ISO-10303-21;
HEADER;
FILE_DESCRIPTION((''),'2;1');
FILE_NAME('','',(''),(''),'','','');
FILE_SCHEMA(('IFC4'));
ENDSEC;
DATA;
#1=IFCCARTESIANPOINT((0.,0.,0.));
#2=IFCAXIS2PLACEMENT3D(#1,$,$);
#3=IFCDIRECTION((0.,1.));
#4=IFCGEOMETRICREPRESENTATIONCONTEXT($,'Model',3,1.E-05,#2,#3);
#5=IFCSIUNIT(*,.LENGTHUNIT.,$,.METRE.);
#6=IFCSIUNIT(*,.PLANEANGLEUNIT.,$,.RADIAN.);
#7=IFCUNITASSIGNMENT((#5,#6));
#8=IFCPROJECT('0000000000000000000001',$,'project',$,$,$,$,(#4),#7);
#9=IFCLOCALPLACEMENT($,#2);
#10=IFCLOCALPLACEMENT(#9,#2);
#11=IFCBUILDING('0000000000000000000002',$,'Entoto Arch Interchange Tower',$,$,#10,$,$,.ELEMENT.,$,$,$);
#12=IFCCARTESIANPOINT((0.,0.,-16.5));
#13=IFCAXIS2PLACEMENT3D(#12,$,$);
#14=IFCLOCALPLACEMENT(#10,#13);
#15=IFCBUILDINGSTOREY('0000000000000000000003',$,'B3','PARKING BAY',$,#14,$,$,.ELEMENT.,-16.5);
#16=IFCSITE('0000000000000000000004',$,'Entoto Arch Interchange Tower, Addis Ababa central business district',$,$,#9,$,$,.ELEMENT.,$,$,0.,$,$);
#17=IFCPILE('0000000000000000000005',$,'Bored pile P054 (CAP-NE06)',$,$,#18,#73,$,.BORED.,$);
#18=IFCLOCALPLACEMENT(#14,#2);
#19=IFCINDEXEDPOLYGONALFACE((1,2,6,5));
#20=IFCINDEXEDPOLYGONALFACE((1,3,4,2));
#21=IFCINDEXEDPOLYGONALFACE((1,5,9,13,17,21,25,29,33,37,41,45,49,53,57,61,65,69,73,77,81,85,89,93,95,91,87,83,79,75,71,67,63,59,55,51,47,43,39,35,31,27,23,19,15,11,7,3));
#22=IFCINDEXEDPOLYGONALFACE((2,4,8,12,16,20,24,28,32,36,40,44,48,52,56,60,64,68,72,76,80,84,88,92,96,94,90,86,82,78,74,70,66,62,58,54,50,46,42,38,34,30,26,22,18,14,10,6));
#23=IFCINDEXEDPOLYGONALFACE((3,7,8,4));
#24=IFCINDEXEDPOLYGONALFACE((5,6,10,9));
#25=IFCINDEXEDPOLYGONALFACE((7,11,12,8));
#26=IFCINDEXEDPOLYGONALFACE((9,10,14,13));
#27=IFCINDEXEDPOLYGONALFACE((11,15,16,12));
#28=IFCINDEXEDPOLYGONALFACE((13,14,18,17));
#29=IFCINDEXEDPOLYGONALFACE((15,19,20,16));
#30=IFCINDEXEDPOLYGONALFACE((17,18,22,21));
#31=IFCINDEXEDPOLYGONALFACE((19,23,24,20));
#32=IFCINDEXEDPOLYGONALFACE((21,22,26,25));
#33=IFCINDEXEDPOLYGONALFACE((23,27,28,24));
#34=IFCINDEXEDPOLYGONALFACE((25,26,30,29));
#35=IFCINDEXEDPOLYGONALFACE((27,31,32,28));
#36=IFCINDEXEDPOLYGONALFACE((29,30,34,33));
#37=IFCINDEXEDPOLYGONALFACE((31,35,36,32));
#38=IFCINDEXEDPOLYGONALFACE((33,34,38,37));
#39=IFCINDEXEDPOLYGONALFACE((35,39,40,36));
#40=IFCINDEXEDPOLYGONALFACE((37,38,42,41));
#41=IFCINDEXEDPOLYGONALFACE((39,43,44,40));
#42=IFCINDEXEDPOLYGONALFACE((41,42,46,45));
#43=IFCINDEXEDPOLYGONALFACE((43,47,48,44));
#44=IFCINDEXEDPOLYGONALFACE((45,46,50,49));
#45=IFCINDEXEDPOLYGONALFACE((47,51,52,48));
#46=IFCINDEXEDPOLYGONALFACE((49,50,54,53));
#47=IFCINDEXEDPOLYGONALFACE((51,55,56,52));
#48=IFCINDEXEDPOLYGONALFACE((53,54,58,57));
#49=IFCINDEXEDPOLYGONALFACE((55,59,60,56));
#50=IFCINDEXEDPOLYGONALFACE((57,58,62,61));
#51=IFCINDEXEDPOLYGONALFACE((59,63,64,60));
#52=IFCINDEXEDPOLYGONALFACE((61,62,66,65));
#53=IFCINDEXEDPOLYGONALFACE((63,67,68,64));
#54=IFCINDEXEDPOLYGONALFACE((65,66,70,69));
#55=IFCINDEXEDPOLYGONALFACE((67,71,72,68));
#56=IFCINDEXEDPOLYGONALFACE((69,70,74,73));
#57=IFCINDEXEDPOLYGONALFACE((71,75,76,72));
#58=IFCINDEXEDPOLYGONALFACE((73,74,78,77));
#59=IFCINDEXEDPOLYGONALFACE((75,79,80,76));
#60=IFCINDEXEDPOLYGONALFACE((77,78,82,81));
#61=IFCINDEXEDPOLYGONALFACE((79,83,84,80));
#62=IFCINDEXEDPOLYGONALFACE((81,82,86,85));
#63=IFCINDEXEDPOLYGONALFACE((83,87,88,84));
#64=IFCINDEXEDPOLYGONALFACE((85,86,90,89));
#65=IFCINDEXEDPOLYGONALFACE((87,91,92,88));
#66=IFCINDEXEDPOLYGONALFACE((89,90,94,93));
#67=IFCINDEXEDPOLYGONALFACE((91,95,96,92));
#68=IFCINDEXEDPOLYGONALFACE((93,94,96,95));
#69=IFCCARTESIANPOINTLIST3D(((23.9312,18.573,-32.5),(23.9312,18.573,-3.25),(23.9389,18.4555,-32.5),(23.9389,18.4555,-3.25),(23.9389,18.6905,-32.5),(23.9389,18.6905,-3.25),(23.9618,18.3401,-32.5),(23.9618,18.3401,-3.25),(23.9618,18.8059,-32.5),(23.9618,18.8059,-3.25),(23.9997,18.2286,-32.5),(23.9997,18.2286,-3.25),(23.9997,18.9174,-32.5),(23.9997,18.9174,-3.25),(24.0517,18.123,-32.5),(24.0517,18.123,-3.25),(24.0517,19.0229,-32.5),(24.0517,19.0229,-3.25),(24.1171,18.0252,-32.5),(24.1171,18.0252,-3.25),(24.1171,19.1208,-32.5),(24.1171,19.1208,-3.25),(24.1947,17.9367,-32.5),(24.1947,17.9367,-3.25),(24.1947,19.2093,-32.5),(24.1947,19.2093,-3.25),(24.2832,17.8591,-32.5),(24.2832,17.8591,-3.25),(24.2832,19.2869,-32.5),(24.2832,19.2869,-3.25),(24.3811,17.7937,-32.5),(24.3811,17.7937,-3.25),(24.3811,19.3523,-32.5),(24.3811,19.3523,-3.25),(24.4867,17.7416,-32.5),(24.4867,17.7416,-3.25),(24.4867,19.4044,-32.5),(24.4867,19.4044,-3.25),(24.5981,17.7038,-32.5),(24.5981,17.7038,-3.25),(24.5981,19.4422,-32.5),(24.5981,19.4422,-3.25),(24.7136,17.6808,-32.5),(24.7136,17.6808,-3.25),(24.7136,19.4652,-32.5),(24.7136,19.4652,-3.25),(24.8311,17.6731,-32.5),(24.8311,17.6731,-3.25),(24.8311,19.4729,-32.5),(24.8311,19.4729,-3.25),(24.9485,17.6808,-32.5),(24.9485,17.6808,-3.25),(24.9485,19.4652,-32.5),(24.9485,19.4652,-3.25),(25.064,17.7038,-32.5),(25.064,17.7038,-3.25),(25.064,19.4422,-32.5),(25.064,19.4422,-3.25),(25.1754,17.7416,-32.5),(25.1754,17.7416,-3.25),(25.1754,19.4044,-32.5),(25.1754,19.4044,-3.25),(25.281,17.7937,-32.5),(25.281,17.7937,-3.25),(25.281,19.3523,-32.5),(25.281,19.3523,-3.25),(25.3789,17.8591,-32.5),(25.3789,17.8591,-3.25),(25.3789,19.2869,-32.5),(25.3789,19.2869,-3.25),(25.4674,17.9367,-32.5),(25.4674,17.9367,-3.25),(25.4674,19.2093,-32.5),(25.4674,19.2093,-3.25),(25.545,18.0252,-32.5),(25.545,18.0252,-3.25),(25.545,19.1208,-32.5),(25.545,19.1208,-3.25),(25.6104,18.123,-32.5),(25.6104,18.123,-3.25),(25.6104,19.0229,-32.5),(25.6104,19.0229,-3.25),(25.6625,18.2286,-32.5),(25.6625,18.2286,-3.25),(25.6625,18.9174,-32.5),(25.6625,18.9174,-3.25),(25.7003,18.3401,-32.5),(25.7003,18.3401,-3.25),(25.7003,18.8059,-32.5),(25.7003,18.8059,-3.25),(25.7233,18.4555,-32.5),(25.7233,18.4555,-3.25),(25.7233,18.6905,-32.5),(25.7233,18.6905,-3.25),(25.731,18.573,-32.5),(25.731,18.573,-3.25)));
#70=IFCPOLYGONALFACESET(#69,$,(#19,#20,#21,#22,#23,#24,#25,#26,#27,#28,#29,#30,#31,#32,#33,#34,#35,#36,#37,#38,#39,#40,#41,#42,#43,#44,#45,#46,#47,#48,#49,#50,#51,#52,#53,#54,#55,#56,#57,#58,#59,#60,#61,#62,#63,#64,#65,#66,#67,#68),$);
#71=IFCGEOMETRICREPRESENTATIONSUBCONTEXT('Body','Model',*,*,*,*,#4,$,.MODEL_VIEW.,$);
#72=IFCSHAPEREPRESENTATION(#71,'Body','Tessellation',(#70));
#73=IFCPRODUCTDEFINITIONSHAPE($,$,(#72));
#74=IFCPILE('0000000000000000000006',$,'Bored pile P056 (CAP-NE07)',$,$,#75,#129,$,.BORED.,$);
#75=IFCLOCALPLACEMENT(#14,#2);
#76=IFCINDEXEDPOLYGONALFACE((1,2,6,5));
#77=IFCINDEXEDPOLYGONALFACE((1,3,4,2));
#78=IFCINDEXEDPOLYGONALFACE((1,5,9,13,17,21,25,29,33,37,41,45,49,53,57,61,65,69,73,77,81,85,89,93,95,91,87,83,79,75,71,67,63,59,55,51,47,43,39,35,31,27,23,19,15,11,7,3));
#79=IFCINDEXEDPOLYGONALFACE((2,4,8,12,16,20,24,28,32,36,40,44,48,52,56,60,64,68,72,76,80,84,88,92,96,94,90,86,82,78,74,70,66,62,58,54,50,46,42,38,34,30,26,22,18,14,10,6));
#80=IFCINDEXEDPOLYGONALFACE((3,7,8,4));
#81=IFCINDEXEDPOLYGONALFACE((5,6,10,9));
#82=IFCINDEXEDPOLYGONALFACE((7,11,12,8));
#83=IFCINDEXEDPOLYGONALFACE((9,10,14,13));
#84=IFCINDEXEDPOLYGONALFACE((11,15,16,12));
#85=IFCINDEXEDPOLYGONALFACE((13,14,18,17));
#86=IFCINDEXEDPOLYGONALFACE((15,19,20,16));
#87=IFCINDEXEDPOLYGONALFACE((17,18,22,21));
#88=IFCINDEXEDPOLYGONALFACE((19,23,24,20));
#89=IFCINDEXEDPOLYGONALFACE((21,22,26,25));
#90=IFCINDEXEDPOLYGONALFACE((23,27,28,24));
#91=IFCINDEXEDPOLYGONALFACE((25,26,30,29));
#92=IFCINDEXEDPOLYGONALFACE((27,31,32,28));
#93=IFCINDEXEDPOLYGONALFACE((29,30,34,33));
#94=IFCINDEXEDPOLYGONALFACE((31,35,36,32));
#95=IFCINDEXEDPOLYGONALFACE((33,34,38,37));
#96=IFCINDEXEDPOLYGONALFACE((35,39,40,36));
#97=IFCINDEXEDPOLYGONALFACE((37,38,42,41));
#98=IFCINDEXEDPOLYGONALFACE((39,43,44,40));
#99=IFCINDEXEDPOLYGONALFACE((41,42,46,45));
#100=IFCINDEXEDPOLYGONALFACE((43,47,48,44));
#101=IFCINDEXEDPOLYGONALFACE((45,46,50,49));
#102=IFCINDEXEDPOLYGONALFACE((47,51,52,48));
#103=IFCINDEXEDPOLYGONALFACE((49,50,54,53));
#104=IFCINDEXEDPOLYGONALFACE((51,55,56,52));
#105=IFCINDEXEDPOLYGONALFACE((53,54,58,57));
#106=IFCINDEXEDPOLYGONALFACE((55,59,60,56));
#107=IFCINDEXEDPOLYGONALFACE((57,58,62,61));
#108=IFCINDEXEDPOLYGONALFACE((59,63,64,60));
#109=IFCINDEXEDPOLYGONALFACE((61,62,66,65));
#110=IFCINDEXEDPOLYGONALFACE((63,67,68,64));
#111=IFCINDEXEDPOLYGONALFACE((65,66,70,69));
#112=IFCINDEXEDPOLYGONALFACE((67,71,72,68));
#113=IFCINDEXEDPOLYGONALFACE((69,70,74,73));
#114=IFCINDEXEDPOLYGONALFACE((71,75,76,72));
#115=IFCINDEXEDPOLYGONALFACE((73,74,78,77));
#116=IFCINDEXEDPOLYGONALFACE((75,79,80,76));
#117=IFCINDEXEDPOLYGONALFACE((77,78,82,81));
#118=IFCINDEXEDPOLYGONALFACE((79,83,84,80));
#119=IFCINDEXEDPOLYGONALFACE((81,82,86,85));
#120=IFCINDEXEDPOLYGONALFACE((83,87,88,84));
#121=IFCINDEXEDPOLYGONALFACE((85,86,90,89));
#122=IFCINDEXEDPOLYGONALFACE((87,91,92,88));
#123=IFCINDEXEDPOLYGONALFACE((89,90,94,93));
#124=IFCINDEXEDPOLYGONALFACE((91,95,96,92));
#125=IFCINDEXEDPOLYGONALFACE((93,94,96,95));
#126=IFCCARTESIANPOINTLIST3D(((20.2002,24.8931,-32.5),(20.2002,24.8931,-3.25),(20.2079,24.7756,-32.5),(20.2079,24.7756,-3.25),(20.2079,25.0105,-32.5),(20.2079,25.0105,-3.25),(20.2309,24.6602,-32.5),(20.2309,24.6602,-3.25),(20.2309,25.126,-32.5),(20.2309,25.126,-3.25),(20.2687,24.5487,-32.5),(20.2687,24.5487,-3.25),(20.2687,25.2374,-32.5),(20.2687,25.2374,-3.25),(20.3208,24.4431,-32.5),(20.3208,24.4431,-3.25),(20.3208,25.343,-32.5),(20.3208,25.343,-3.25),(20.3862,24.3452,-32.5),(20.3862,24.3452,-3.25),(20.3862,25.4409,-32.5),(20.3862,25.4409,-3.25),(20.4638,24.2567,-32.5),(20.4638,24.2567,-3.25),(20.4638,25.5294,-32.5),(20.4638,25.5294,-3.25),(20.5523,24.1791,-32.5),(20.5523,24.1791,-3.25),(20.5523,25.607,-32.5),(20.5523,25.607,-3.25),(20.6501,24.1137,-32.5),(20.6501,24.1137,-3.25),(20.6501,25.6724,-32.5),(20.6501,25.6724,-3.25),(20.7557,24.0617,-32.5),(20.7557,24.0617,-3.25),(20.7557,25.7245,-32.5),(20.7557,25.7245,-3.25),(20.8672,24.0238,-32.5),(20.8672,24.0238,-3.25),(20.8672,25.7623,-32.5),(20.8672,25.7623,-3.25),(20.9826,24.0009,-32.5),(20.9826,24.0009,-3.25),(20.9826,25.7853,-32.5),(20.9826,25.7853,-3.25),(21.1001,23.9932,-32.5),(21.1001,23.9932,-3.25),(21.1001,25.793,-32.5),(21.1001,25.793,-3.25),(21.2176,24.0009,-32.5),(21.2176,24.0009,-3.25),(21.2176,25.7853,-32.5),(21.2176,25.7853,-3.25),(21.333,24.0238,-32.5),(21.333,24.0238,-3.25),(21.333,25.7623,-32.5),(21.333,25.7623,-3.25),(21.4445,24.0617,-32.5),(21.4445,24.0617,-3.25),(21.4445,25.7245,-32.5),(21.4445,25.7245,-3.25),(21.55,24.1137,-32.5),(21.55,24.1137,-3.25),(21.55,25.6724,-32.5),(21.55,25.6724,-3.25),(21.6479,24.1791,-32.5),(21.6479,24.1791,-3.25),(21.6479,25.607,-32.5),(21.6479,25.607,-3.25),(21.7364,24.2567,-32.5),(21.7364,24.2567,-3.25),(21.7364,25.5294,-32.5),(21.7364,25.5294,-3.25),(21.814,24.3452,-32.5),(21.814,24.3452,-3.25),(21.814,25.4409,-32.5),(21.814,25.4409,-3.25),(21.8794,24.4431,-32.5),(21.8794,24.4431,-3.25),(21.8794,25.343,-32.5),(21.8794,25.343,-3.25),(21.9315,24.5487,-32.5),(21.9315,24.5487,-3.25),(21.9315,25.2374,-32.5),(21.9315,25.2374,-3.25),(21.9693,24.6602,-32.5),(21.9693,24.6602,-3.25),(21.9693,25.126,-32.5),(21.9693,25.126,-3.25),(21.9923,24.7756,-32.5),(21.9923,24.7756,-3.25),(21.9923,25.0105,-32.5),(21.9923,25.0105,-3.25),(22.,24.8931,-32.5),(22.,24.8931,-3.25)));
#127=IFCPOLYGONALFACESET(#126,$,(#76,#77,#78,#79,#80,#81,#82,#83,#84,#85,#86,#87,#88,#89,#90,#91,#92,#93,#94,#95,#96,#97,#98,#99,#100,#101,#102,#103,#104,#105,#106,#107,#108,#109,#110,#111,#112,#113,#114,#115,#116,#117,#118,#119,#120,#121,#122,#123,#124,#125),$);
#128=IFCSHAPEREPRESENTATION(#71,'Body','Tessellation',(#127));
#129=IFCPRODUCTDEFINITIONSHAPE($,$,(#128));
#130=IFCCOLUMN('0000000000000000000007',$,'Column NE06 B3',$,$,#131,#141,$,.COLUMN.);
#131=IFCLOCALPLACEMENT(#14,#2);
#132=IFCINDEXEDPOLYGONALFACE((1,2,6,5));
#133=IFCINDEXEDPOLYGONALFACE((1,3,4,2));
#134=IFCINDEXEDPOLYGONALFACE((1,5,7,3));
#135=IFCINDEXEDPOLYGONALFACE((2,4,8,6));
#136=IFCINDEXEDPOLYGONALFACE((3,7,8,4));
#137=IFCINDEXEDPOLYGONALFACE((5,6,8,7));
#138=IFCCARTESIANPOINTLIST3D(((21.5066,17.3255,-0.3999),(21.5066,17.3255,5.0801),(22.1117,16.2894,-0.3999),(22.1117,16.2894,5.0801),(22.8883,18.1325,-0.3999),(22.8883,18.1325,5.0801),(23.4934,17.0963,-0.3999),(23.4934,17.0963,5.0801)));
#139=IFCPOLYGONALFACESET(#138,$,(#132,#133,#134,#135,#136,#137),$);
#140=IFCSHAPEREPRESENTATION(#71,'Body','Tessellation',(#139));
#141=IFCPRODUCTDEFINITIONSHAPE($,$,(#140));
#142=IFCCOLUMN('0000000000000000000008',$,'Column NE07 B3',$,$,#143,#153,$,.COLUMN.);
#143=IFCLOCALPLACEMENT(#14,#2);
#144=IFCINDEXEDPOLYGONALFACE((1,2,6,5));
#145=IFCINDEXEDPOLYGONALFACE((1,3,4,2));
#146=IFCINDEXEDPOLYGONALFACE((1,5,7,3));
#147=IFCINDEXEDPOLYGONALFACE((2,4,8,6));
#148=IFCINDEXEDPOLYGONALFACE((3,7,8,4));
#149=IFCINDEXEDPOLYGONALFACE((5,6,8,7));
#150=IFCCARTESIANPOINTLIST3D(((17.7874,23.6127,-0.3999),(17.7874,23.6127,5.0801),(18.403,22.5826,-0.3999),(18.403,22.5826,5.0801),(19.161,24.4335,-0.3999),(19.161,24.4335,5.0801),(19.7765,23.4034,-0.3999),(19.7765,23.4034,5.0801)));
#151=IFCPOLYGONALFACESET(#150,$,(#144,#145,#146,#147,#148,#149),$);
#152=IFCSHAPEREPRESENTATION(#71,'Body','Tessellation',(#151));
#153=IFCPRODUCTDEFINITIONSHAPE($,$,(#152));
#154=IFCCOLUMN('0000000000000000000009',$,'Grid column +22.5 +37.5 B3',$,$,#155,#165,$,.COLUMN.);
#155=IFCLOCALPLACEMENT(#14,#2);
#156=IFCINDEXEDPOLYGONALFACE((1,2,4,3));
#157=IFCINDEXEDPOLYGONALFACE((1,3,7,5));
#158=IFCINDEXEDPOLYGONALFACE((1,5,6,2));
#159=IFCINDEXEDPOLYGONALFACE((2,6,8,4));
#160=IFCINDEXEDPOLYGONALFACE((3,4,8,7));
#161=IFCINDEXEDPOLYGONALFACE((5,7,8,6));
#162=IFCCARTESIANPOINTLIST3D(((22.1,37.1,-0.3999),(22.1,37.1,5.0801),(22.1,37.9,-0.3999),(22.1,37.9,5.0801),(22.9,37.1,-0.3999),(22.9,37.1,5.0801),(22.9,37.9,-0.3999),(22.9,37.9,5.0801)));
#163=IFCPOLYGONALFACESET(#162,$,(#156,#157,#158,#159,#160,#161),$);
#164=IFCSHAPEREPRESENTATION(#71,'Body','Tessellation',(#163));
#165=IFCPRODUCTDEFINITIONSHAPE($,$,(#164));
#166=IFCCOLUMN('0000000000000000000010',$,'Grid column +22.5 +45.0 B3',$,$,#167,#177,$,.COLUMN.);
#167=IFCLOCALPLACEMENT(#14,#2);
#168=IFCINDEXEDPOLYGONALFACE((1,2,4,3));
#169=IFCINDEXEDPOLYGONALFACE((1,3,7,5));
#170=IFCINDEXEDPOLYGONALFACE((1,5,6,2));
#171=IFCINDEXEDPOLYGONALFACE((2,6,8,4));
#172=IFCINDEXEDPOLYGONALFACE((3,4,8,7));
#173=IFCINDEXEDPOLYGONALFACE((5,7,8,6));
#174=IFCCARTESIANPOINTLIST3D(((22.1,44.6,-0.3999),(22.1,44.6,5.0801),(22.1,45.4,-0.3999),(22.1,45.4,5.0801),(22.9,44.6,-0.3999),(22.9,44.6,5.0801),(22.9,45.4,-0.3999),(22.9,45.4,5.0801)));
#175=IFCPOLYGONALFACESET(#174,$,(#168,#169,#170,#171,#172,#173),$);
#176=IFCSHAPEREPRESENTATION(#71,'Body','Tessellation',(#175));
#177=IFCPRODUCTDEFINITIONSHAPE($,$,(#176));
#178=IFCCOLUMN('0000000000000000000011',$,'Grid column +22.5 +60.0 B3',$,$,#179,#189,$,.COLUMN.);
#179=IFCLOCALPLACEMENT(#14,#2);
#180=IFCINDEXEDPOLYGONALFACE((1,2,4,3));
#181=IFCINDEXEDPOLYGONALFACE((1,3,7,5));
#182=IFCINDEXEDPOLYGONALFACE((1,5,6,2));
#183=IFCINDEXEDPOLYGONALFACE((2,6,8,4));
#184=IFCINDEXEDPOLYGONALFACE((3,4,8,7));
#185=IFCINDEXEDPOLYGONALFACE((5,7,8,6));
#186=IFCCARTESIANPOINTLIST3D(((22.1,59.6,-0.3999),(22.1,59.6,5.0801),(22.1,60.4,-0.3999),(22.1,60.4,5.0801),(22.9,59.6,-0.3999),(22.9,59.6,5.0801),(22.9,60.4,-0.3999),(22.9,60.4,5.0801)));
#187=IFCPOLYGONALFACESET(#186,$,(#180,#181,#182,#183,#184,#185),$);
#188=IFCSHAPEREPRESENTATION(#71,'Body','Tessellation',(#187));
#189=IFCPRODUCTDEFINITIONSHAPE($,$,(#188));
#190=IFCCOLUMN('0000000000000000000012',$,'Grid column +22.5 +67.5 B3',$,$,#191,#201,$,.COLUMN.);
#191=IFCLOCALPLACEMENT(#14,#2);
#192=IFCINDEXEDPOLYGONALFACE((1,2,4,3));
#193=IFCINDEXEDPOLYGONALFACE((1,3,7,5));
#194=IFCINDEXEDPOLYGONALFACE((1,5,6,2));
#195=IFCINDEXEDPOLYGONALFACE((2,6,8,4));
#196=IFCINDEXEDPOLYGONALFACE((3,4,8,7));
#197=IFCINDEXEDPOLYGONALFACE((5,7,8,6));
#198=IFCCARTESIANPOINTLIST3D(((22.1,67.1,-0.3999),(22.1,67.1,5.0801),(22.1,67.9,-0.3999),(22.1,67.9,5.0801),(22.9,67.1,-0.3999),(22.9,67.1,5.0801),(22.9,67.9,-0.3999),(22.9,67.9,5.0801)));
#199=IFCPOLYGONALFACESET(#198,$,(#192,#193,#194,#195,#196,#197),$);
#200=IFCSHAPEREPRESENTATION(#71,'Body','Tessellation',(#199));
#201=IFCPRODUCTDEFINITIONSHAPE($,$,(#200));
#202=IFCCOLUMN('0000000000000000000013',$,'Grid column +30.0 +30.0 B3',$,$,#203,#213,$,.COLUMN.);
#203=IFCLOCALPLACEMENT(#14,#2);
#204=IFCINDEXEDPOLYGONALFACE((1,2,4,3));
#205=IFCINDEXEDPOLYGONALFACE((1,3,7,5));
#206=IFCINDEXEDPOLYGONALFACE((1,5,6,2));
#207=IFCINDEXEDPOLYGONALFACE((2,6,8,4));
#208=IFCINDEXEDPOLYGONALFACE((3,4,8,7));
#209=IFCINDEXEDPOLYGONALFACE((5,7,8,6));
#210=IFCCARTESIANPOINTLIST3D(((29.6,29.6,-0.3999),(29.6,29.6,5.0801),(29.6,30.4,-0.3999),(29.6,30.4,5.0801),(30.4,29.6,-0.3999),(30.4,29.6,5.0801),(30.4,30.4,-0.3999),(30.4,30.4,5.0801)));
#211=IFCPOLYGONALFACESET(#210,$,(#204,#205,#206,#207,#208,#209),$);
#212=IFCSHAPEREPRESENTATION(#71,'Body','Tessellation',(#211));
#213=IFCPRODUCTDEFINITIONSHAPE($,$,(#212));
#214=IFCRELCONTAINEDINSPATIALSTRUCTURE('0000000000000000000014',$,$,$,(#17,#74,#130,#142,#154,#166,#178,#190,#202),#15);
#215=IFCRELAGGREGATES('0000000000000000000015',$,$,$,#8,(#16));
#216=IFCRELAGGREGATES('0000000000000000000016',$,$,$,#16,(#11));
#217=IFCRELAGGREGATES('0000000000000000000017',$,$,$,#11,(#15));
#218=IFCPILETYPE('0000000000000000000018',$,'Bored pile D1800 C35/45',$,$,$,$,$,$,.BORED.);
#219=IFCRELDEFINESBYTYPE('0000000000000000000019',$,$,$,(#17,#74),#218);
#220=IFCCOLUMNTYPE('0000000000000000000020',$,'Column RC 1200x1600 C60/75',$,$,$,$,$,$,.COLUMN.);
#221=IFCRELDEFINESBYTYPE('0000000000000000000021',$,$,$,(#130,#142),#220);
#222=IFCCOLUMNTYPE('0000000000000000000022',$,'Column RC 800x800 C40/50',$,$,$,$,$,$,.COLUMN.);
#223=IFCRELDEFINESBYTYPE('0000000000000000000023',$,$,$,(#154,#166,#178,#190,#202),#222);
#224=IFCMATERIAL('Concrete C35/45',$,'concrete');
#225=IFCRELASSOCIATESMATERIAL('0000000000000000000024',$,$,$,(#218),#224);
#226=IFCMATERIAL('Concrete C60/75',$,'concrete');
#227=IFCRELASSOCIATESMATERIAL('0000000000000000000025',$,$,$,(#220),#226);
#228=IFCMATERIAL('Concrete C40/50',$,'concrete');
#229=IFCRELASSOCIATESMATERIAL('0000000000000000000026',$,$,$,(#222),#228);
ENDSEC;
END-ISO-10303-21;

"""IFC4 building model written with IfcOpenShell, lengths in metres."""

from ifc_helpers import new_model, si_unit, direction, frame, origin, origin_2d, place, context, subcontext, project, spatial, rectangle, circle, extrude, material, material_profile, profile_set, type_object, element, save


model = new_model("IFC4")

# Units and contexts
model_context = context("Model", 3, precision=1e-05, world=origin(), true_north=direction((0.0, 1.0)))
body_context = subcontext(model_context, "Body", "Model", "MODEL_VIEW")
ifc_project = project(units=[si_unit("LENGTHUNIT", "METRE"), si_unit("PLANEANGLEUNIT", "RADIAN")], contexts=[model_context])

# Site, building, storey
site_placement = place(None, origin())
site = spatial("IfcSite", under=ifc_project, at=site_placement, Name="Entoto Arch Interchange Tower, Addis Ababa central business district", CompositionType="ELEMENT", RefElevation=0.0)
building_placement = place(site_placement, origin())
building = spatial("IfcBuilding", under=site, at=building_placement, Name="Entoto Arch Interchange Tower", CompositionType="ELEMENT")
storey_placement = place(building_placement, frame((0.0, 0.0, -16.5)))
storey = spatial("IfcBuildingStorey", under=building, at=storey_placement, Name="B3", Description="PARKING BAY", CompositionType="ELEMENT", Elevation=-16.5)

# Piles
ifc_material_1 = material(Name="Concrete C35/45", Category="concrete")
ifc_material_profile_1 = material_profile(ifc_material_1, circle(Radius=0.8999, at=origin_2d()))
ifc_profile_set_1 = profile_set([ifc_material_profile_1], Name="Concrete C35/45")
pile_type = type_object("IfcPileType", Name="Bored pile D1800 C35/45", PredefinedType="BORED", material=ifc_profile_set_1)
for number, where, z_axis, x_axis, name in (
    (1, (24.8311, 18.573, -3.25), (0.0, 0.0, -1.0), (1.0, 0.0, 0.0), "Bored pile P054 (CAP-NE06)"),
    (2, (21.1001, 24.8931, -3.25), (0.0, 0.0, -1.0), (1.0, 0.0, 0.0), "Bored pile P056 (CAP-NE07)"),
):
    element("IfcPile", number, at=place(storey_placement, frame(where, z_axis=z_axis, x_axis=x_axis)), inside=storey, type_object=pile_type, Name=name, PredefinedType="BORED", context=body_context, shape_type="SweptSolid", body=[
        extrude(circle(Radius=0.8999, at=origin_2d()), origin(), (0.0, 0.0, 1.0), 29.25),
    ])

# Columns
ifc_material_2 = material(Name="Concrete C60/75", Category="concrete")
ifc_material_profile_2 = material_profile(ifc_material_2, rectangle(XDim=1.2, YDim=1.6001, at=origin_2d()))
ifc_profile_set_2 = profile_set([ifc_material_profile_2], Name="Concrete C60/75")
column_type_1 = type_object("IfcColumnType", Name="Column RC 1200x1600 C60/75", PredefinedType="COLUMN", material=ifc_profile_set_2)
for number, where, z_axis, x_axis, name in (
    (3, (22.5, 17.2109, -0.3999), (0.0, 0.0, 1.0), (-0.504332, 0.86351, 0.0), "Column NE06 B3"),
    (4, (18.782, 23.5081, -0.3999), (0.0, 0.0, 1.0), (-0.512972, 0.858405, 0.0), "Column NE07 B3"),
):
    element("IfcColumn", number, at=place(storey_placement, frame(where, z_axis=z_axis, x_axis=x_axis)), inside=storey, type_object=column_type_1, Name=name, PredefinedType="COLUMN", context=body_context, shape_type="SweptSolid", body=[
        extrude(rectangle(XDim=1.2, YDim=1.6001, at=origin_2d()), origin(), (0.0, 0.0, 1.0), 5.48),
    ])
ifc_material_3 = material(Name="Concrete C40/50", Category="concrete")
ifc_material_profile_3 = material_profile(ifc_material_3, rectangle(XDim=0.8, YDim=0.8, at=origin_2d()))
ifc_profile_set_3 = profile_set([ifc_material_profile_3], Name="Concrete C40/50")
column_type_2 = type_object("IfcColumnType", Name="Column RC 800x800 C40/50", PredefinedType="COLUMN", material=ifc_profile_set_3)
for number, where, z_axis, x_axis, name in (
    (5, (22.5, 37.5, -0.3999), (0.0, 0.0, 1.0), (1.0, 0.0, 0.0), "Grid column +22.5 +37.5 B3"),
    (6, (22.5, 45.0, -0.3999), (0.0, 0.0, 1.0), (1.0, 0.0, 0.0), "Grid column +22.5 +45.0 B3"),
    (7, (22.5, 60.0, -0.3999), (0.0, 0.0, 1.0), (1.0, 0.0, 0.0), "Grid column +22.5 +60.0 B3"),
    (8, (22.5, 67.5, -0.3999), (0.0, 0.0, 1.0), (1.0, 0.0, 0.0), "Grid column +22.5 +67.5 B3"),
    (9, (30.0, 30.0, -0.3999), (0.0, 0.0, 1.0), (1.0, 0.0, 0.0), "Grid column +30.0 +30.0 B3"),
):
    element("IfcColumn", number, at=place(storey_placement, frame(where, z_axis=z_axis, x_axis=x_axis)), inside=storey, type_object=column_type_2, Name=name, PredefinedType="COLUMN", context=body_context, shape_type="SweptSolid", body=[
        extrude(rectangle(XDim=0.8, YDim=0.8, at=origin_2d()), origin(), (0.0, 0.0, 1.0), 5.48),
    ])

save(model, "model.ifc")
